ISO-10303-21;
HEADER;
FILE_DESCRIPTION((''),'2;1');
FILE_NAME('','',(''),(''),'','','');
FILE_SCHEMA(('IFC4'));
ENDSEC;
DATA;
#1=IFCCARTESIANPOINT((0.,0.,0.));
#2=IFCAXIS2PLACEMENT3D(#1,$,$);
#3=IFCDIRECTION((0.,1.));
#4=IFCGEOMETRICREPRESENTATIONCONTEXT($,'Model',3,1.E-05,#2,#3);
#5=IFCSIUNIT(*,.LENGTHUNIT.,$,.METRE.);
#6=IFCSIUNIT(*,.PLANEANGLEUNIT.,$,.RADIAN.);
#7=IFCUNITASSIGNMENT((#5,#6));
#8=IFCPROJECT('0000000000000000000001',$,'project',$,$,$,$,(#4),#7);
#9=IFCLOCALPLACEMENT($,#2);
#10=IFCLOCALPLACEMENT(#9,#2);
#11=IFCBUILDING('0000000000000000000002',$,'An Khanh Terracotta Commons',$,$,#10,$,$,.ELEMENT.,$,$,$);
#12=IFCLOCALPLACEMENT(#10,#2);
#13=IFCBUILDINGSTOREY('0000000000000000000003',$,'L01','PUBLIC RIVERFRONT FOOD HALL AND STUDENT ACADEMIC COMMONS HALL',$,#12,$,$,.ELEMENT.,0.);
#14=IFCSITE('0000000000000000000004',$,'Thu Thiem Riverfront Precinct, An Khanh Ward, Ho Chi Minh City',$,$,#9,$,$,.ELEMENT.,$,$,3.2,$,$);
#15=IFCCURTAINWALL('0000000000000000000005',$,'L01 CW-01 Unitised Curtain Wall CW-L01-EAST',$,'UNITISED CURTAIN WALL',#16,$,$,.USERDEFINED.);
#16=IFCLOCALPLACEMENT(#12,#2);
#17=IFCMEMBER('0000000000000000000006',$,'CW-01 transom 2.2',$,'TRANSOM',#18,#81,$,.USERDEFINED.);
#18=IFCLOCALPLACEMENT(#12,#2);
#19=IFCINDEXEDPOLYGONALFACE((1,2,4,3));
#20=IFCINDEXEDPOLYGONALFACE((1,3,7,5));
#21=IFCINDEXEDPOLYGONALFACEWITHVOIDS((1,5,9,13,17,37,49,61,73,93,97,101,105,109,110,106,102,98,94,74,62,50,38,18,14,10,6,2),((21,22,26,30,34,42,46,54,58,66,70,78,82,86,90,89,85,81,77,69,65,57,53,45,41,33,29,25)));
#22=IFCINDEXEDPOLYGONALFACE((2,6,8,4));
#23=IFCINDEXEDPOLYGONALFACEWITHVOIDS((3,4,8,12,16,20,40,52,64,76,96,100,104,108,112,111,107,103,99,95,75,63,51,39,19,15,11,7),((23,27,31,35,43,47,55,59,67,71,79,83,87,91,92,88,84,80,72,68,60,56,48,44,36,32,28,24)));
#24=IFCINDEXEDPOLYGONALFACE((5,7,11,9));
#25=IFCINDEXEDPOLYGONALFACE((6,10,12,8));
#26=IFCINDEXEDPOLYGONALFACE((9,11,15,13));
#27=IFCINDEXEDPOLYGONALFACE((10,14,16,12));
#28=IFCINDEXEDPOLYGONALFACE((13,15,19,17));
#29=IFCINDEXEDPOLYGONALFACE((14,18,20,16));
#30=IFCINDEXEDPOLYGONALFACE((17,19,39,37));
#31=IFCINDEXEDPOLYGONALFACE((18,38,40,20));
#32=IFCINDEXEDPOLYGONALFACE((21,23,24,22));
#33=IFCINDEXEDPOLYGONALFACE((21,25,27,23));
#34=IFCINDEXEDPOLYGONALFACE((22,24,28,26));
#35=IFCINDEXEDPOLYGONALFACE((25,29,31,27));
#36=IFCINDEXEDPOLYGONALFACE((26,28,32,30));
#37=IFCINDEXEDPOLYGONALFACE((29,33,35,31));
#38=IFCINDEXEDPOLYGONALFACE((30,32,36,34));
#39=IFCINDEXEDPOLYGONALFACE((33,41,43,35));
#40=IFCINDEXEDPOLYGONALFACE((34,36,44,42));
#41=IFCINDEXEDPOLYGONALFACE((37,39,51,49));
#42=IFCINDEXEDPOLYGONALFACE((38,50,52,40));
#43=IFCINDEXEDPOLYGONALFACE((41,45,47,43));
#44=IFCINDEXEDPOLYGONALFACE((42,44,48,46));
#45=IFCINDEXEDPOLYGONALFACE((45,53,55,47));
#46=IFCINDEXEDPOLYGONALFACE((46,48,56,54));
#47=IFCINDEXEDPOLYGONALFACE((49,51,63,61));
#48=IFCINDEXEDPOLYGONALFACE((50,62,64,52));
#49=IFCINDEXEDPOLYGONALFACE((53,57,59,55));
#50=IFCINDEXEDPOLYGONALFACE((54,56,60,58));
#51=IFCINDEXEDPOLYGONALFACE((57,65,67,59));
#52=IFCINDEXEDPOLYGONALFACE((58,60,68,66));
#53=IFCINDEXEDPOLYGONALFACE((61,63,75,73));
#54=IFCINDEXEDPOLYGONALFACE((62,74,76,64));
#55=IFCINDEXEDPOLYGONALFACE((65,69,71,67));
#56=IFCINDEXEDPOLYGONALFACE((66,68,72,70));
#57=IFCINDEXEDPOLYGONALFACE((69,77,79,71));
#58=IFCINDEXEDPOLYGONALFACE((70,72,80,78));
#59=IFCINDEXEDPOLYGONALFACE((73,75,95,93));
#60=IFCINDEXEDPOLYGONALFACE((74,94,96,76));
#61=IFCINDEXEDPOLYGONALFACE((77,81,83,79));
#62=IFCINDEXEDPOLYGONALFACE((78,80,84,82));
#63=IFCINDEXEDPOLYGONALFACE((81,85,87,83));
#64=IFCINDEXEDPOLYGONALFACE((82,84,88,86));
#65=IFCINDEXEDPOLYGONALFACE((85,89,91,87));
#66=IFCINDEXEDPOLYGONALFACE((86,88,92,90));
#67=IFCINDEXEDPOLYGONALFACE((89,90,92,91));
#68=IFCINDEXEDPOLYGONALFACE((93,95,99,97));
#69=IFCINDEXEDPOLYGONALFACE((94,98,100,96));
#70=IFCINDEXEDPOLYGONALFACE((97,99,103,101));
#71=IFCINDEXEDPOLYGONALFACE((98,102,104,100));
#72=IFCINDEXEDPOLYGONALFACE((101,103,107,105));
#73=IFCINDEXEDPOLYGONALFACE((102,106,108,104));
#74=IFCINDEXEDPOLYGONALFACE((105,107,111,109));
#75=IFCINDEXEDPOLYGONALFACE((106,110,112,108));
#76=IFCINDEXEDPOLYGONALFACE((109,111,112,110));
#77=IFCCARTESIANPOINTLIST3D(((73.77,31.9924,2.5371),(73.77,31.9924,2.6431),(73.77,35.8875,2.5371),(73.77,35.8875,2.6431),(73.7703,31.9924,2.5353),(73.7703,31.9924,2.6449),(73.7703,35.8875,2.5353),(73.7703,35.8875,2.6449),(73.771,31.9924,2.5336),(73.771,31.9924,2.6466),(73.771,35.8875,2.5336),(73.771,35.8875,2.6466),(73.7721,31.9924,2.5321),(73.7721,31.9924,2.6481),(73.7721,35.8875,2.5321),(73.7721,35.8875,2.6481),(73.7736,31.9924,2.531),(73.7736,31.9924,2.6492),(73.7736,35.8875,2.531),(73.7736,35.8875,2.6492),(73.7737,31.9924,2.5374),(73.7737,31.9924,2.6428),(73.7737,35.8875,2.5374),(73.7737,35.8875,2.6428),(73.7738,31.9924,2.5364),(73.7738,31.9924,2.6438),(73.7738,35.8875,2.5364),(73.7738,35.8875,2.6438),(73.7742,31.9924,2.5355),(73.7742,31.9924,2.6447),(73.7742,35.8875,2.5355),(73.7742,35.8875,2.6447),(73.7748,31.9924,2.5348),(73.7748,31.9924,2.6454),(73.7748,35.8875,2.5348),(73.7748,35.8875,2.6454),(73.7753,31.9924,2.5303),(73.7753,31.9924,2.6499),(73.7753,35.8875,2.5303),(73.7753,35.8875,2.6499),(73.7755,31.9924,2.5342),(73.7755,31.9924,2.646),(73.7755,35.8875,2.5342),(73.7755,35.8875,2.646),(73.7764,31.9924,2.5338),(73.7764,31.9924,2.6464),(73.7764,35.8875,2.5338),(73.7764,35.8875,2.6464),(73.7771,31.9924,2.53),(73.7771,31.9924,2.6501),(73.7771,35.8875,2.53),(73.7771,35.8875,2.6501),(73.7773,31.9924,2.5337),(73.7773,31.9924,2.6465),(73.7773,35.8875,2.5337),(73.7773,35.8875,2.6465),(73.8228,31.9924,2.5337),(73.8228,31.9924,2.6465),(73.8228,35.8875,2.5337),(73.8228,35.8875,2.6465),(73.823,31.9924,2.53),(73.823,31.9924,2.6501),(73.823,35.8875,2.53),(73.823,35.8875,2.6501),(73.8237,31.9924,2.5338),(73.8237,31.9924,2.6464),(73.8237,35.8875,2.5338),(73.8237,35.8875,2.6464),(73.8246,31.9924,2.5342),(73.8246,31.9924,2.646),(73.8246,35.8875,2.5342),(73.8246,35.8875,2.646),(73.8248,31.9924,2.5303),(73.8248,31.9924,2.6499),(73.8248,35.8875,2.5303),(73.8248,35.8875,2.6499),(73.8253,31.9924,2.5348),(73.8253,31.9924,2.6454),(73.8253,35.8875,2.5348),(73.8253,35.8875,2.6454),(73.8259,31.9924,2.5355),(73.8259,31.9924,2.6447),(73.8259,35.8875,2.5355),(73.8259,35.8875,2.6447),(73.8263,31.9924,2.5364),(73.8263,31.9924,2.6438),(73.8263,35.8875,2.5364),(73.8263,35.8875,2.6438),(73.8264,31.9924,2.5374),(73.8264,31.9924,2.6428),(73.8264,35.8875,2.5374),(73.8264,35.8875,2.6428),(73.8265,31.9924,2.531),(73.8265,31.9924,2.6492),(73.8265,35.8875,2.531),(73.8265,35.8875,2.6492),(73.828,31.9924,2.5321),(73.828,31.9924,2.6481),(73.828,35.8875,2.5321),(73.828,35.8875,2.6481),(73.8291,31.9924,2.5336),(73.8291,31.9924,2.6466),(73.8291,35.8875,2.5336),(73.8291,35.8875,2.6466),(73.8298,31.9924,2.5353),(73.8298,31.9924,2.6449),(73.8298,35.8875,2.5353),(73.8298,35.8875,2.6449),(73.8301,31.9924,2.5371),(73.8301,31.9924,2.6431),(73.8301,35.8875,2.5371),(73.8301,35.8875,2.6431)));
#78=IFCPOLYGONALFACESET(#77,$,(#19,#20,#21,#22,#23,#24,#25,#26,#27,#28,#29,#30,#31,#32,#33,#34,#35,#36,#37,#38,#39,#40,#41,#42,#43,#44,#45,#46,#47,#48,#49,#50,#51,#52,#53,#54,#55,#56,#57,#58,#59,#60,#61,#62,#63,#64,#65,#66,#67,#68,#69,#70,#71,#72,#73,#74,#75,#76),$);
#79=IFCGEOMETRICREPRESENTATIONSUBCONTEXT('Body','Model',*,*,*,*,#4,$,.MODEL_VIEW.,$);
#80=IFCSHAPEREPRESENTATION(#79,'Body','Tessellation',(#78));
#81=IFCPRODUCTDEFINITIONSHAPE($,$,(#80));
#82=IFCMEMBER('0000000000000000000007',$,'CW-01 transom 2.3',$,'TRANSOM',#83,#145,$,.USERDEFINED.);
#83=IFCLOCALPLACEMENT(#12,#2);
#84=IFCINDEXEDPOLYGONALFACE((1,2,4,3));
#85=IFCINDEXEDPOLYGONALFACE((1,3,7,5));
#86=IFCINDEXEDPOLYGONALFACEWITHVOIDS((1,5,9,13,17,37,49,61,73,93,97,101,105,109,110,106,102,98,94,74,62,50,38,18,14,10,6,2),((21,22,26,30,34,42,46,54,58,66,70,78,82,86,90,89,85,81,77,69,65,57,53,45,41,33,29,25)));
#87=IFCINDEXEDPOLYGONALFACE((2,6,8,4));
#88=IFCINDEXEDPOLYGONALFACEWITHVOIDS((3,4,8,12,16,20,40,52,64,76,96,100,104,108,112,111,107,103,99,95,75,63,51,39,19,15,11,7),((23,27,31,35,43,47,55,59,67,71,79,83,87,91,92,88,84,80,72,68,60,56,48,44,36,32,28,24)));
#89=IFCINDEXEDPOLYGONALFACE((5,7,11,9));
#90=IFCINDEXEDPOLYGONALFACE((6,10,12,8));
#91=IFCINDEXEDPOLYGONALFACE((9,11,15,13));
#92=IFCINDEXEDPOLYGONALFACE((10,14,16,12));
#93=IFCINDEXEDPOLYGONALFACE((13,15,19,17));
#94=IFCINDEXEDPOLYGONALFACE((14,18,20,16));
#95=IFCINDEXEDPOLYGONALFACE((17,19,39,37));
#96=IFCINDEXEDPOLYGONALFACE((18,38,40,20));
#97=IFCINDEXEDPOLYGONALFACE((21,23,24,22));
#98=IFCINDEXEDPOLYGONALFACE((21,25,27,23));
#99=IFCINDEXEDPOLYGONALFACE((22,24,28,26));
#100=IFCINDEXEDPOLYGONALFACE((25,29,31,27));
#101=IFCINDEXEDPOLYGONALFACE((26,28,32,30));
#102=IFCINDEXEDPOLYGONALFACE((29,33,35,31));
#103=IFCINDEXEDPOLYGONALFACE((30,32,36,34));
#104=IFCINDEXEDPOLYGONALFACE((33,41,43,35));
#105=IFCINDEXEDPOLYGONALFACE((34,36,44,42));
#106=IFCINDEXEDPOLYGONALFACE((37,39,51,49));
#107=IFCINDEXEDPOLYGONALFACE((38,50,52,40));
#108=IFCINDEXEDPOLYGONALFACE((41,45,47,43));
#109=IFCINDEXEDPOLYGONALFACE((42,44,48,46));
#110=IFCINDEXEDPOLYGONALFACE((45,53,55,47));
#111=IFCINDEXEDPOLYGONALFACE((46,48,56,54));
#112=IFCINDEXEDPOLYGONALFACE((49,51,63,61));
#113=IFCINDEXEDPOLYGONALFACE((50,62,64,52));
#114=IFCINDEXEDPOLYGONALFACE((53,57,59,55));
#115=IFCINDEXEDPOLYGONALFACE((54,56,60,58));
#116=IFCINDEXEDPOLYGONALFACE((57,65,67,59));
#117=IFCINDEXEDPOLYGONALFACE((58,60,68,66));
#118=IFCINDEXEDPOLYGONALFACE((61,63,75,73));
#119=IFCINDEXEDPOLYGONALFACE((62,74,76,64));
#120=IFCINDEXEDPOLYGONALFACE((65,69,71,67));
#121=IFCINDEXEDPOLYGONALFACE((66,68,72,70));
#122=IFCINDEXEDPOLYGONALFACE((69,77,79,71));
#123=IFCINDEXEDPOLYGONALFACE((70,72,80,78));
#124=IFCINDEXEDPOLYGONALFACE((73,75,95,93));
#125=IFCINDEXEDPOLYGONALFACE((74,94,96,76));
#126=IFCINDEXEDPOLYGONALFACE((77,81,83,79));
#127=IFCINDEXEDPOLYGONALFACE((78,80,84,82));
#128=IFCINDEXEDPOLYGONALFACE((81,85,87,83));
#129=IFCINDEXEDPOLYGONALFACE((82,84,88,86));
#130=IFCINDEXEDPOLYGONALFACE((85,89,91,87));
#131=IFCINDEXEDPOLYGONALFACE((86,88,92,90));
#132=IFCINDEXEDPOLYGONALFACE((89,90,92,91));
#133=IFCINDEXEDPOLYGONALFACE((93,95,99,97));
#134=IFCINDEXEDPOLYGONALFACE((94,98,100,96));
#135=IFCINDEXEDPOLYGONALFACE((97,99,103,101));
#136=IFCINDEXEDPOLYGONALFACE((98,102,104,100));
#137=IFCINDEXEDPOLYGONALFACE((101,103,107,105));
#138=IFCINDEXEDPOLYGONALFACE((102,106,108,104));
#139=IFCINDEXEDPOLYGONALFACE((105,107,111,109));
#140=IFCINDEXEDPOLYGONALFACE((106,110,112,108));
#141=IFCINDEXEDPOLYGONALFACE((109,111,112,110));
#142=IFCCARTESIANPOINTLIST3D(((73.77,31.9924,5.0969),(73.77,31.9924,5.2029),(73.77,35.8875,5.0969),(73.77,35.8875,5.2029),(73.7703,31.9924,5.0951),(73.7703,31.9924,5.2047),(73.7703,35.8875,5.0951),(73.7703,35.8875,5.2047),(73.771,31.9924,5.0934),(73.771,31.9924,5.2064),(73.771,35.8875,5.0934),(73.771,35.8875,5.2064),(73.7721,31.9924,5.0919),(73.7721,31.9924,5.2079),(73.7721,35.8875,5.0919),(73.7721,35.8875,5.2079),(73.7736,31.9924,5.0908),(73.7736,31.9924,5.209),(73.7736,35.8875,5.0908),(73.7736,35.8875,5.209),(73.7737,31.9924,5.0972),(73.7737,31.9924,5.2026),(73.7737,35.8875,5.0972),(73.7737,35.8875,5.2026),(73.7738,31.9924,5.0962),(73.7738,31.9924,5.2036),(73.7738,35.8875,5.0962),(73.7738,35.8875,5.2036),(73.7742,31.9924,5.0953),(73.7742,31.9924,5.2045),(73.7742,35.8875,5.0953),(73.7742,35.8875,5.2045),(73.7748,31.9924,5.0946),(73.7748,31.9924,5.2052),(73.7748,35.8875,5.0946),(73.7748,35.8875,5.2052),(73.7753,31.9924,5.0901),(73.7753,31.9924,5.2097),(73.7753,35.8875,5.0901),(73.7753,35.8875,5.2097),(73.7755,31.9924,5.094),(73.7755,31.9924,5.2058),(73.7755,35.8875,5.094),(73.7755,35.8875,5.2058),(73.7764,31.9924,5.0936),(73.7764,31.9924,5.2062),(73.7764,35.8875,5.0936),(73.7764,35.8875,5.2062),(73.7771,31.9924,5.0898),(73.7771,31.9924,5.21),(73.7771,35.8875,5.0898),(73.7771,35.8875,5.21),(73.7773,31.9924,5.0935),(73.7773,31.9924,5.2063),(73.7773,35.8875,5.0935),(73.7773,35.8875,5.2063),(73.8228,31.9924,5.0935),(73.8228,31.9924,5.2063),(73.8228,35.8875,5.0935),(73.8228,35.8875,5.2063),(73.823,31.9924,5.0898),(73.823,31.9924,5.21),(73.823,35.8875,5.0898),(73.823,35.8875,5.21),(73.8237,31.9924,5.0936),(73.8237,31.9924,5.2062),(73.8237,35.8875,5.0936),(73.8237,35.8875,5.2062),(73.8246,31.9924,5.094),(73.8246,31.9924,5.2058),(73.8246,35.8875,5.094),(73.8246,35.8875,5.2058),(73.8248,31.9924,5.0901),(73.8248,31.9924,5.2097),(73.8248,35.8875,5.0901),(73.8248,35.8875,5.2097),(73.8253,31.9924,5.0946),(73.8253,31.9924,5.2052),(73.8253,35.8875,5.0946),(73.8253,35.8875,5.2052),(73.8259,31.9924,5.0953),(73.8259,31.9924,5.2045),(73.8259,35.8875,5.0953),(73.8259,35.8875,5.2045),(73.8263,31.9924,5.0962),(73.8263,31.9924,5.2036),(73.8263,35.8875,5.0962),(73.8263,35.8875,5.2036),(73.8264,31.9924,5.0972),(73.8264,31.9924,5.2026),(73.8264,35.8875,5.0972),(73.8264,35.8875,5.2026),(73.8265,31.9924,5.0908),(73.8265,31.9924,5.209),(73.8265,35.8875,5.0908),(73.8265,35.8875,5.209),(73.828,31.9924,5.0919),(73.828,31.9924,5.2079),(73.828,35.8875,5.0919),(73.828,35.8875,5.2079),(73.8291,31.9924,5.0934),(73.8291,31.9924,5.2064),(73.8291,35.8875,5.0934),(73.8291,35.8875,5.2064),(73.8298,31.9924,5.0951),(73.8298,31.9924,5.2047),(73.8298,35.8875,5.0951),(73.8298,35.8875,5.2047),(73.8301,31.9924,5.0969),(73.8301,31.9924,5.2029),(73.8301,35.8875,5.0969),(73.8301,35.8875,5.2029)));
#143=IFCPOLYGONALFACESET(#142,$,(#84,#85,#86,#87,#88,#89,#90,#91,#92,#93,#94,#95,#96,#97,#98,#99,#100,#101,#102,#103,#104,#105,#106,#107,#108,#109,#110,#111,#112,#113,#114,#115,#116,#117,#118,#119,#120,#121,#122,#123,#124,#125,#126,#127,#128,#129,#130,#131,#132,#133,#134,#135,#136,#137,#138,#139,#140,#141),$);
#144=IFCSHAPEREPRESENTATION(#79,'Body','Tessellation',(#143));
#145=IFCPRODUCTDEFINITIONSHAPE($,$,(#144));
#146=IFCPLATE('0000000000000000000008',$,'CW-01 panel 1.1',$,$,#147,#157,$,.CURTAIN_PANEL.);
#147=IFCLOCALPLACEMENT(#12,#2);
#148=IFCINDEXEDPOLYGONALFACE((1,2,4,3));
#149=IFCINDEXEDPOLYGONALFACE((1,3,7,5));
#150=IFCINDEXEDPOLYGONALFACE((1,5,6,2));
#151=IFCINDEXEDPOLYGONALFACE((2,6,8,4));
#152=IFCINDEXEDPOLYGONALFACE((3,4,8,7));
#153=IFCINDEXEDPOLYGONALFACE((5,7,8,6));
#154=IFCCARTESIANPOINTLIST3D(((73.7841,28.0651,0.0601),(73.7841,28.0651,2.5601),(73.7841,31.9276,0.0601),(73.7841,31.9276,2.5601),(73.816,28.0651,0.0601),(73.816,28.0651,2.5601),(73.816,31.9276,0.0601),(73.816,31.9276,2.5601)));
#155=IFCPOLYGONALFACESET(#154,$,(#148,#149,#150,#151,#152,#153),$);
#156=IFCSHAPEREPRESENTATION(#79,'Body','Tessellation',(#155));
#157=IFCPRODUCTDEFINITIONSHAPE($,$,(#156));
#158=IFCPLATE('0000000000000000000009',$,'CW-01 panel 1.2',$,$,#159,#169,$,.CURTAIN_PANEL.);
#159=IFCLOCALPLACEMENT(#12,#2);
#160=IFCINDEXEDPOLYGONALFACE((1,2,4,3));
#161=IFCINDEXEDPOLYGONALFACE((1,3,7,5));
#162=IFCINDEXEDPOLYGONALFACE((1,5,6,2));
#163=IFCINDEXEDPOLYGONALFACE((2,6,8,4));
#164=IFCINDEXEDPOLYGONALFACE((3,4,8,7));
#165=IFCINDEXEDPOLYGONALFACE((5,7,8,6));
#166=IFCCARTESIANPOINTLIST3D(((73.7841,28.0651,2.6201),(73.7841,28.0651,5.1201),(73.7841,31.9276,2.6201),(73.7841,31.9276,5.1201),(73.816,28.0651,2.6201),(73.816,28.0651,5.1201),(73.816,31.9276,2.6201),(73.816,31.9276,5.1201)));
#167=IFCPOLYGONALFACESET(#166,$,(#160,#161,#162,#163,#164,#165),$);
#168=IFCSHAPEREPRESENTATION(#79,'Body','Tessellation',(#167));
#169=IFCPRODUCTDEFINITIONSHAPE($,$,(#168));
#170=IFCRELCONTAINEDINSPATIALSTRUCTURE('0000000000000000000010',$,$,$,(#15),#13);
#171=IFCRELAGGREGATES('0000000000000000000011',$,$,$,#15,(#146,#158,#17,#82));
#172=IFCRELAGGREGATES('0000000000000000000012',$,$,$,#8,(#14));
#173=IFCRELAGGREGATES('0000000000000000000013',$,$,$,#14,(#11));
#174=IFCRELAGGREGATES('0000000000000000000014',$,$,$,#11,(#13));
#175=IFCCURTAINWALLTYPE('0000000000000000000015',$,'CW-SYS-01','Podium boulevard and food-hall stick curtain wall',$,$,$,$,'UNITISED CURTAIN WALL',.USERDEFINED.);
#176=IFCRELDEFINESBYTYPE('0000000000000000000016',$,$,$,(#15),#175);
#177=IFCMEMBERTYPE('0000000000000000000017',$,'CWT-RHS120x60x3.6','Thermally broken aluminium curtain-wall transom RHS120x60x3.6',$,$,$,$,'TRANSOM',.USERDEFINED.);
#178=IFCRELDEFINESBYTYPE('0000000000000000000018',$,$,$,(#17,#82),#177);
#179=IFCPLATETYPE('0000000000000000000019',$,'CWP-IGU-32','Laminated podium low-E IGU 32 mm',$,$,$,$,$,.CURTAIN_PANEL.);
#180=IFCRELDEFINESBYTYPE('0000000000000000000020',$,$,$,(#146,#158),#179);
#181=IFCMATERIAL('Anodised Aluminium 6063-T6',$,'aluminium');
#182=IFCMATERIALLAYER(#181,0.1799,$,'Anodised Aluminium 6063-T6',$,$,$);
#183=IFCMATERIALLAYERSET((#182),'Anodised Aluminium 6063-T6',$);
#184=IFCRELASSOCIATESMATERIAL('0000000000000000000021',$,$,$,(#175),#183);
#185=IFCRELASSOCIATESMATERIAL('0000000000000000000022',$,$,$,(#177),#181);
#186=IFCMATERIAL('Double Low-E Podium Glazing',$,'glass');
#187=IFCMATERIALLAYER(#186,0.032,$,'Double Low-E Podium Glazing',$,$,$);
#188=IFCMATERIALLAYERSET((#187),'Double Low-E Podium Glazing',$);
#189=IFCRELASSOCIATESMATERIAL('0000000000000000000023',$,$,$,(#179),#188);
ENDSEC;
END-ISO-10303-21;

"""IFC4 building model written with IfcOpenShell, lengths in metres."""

from ifc_helpers import new_model, si_unit, direction, frame, origin, origin_2d, place, context, subcontext, project, spatial, rectangle, hollow_rectangle, extrude, material, layer, layer_set, material_profile, profile_set, type_object, element, aggregate, save


model = new_model("IFC4")

# Units and contexts
model_context = context("Model", 3, precision=1e-05, world=origin(), true_north=direction((0.0, 1.0)))
body_context = subcontext(model_context, "Body", "Model", "MODEL_VIEW")
ifc_project = project(units=[si_unit("LENGTHUNIT", "METRE"), si_unit("PLANEANGLEUNIT", "RADIAN")], contexts=[model_context])

# Site, building, storey
site_placement = place(None, origin())
site = spatial("IfcSite", under=ifc_project, at=site_placement, Name="Thu Thiem Riverfront Precinct, An Khanh Ward, Ho Chi Minh City", CompositionType="ELEMENT", RefElevation=3.2)
building_placement = place(site_placement, origin())
building = spatial("IfcBuilding", under=site, at=building_placement, Name="An Khanh Terracotta Commons", CompositionType="ELEMENT")
storey_placement = place(building_placement, origin())
storey = spatial("IfcBuildingStorey", under=building, at=storey_placement, Name="L01", Description="PUBLIC RIVERFRONT FOOD HALL AND STUDENT ACADEMIC COMMONS HALL", CompositionType="ELEMENT", Elevation=0.0)

# Curtain wall, members, plates
ifc_material_1 = material(Name="Anodised Aluminium 6063-T6", Category="aluminium")
ifc_layer_1 = layer(ifc_material_1, 0.1799, Name="Anodised Aluminium 6063-T6")
ifc_layer_set_1 = layer_set([ifc_layer_1], Name="Anodised Aluminium 6063-T6")
curtain_wall_type = type_object("IfcCurtainWallType", Name="CW-SYS-01", Description="Podium boulevard and food-hall stick curtain wall", ElementType="UNITISED CURTAIN WALL", PredefinedType="USERDEFINED", material=ifc_layer_set_1)
curtain_wall_placement = place(storey_placement, origin())
curtain_wall = element("IfcCurtainWall", 1, at=curtain_wall_placement, inside=storey, type_object=curtain_wall_type, Name="L01 CW-01 Unitised Curtain Wall CW-L01-EAST", ObjectType="UNITISED CURTAIN WALL", PredefinedType="USERDEFINED")
ifc_material_profile_1 = material_profile(ifc_material_1, hollow_rectangle(XDim=0.0601, YDim=0.1201, WallThickness=0.0037, InnerFilletRadius=0.0037, OuterFilletRadius=0.0071, at=origin_2d()), Name="RHS120x60x3.6")
ifc_profile_set_1 = profile_set([ifc_material_profile_1], Name="Anodised Aluminium 6063-T6")
member_type_1 = type_object("IfcMemberType", Name="CWT-RHS120x60x3.6", Description="Thermally broken aluminium curtain-wall transom RHS120x60x3.6", ElementType="TRANSOM", PredefinedType="USERDEFINED", material=ifc_profile_set_1)
member_1_placement = place(storey_placement, frame((73.8, 31.9924, 2.5901), z_axis=(0.0, 1.0, 0.0), x_axis=(-1.0, 0.0, 0.0)))
member_1 = element("IfcMember", 2, at=member_1_placement, type_object=member_type_1, Name="CW-01 transom 2.2", ObjectType="TRANSOM", PredefinedType="USERDEFINED", context=body_context, shape_type="SweptSolid", body=[
    extrude(hollow_rectangle(XDim=0.0601, YDim=0.1201, WallThickness=0.0037, InnerFilletRadius=0.0037, OuterFilletRadius=0.0071, at=origin_2d()), origin(), (0.0, 0.0, 1.0), 3.895),
])
member_2_placement = place(storey_placement, frame((73.8, 31.9924, 5.1499), z_axis=(0.0, 1.0, 0.0), x_axis=(-1.0, 0.0, 0.0)))
member_2 = element("IfcMember", 3, at=member_2_placement, type_object=member_type_1, Name="CW-01 transom 2.3", ObjectType="TRANSOM", PredefinedType="USERDEFINED", context=body_context, shape_type="SweptSolid", body=[
    extrude(hollow_rectangle(XDim=0.0601, YDim=0.1201, WallThickness=0.0037, InnerFilletRadius=0.0037, OuterFilletRadius=0.0071, at=origin_2d()), origin(), (0.0, 0.0, 1.0), 3.895),
])
ifc_material_2 = material(Name="Double Low-E Podium Glazing", Category="glass")
ifc_layer_2 = layer(ifc_material_2, 0.032, Name="Double Low-E Podium Glazing")
ifc_layer_set_2 = layer_set([ifc_layer_2], Name="Double Low-E Podium Glazing")
plate_type = type_object("IfcPlateType", Name="CWP-IGU-32", Description="Laminated podium low-E IGU 32 mm", PredefinedType="CURTAIN_PANEL", material=ifc_layer_set_2)
plate_1_placement = place(storey_placement, frame((73.8, 29.9963, 0.0601), z_axis=(0.0, 0.0, 1.0), x_axis=(0.0, 1.0, 0.0)))
plate_1 = element("IfcPlate", 4, at=plate_1_placement, type_object=plate_type, Name="CW-01 panel 1.1", PredefinedType="CURTAIN_PANEL", context=body_context, shape_type="SweptSolid", body=[
    extrude(rectangle(XDim=3.8625, YDim=0.032, at=origin_2d()), origin(), (0.0, 0.0, 1.0), 2.5),
])
plate_2_placement = place(storey_placement, frame((73.8, 29.9963, 2.6201), z_axis=(0.0, 0.0, 1.0), x_axis=(0.0, 1.0, 0.0)))
plate_2 = element("IfcPlate", 5, at=plate_2_placement, type_object=plate_type, Name="CW-01 panel 1.2", PredefinedType="CURTAIN_PANEL", context=body_context, shape_type="SweptSolid", body=[
    extrude(rectangle(XDim=3.8625, YDim=0.032, at=origin_2d()), origin(), (0.0, 0.0, 1.0), 2.5),
])
aggregate(curtain_wall, [plate_1, plate_2, member_1, member_2])

save(model, "model.ifc")
